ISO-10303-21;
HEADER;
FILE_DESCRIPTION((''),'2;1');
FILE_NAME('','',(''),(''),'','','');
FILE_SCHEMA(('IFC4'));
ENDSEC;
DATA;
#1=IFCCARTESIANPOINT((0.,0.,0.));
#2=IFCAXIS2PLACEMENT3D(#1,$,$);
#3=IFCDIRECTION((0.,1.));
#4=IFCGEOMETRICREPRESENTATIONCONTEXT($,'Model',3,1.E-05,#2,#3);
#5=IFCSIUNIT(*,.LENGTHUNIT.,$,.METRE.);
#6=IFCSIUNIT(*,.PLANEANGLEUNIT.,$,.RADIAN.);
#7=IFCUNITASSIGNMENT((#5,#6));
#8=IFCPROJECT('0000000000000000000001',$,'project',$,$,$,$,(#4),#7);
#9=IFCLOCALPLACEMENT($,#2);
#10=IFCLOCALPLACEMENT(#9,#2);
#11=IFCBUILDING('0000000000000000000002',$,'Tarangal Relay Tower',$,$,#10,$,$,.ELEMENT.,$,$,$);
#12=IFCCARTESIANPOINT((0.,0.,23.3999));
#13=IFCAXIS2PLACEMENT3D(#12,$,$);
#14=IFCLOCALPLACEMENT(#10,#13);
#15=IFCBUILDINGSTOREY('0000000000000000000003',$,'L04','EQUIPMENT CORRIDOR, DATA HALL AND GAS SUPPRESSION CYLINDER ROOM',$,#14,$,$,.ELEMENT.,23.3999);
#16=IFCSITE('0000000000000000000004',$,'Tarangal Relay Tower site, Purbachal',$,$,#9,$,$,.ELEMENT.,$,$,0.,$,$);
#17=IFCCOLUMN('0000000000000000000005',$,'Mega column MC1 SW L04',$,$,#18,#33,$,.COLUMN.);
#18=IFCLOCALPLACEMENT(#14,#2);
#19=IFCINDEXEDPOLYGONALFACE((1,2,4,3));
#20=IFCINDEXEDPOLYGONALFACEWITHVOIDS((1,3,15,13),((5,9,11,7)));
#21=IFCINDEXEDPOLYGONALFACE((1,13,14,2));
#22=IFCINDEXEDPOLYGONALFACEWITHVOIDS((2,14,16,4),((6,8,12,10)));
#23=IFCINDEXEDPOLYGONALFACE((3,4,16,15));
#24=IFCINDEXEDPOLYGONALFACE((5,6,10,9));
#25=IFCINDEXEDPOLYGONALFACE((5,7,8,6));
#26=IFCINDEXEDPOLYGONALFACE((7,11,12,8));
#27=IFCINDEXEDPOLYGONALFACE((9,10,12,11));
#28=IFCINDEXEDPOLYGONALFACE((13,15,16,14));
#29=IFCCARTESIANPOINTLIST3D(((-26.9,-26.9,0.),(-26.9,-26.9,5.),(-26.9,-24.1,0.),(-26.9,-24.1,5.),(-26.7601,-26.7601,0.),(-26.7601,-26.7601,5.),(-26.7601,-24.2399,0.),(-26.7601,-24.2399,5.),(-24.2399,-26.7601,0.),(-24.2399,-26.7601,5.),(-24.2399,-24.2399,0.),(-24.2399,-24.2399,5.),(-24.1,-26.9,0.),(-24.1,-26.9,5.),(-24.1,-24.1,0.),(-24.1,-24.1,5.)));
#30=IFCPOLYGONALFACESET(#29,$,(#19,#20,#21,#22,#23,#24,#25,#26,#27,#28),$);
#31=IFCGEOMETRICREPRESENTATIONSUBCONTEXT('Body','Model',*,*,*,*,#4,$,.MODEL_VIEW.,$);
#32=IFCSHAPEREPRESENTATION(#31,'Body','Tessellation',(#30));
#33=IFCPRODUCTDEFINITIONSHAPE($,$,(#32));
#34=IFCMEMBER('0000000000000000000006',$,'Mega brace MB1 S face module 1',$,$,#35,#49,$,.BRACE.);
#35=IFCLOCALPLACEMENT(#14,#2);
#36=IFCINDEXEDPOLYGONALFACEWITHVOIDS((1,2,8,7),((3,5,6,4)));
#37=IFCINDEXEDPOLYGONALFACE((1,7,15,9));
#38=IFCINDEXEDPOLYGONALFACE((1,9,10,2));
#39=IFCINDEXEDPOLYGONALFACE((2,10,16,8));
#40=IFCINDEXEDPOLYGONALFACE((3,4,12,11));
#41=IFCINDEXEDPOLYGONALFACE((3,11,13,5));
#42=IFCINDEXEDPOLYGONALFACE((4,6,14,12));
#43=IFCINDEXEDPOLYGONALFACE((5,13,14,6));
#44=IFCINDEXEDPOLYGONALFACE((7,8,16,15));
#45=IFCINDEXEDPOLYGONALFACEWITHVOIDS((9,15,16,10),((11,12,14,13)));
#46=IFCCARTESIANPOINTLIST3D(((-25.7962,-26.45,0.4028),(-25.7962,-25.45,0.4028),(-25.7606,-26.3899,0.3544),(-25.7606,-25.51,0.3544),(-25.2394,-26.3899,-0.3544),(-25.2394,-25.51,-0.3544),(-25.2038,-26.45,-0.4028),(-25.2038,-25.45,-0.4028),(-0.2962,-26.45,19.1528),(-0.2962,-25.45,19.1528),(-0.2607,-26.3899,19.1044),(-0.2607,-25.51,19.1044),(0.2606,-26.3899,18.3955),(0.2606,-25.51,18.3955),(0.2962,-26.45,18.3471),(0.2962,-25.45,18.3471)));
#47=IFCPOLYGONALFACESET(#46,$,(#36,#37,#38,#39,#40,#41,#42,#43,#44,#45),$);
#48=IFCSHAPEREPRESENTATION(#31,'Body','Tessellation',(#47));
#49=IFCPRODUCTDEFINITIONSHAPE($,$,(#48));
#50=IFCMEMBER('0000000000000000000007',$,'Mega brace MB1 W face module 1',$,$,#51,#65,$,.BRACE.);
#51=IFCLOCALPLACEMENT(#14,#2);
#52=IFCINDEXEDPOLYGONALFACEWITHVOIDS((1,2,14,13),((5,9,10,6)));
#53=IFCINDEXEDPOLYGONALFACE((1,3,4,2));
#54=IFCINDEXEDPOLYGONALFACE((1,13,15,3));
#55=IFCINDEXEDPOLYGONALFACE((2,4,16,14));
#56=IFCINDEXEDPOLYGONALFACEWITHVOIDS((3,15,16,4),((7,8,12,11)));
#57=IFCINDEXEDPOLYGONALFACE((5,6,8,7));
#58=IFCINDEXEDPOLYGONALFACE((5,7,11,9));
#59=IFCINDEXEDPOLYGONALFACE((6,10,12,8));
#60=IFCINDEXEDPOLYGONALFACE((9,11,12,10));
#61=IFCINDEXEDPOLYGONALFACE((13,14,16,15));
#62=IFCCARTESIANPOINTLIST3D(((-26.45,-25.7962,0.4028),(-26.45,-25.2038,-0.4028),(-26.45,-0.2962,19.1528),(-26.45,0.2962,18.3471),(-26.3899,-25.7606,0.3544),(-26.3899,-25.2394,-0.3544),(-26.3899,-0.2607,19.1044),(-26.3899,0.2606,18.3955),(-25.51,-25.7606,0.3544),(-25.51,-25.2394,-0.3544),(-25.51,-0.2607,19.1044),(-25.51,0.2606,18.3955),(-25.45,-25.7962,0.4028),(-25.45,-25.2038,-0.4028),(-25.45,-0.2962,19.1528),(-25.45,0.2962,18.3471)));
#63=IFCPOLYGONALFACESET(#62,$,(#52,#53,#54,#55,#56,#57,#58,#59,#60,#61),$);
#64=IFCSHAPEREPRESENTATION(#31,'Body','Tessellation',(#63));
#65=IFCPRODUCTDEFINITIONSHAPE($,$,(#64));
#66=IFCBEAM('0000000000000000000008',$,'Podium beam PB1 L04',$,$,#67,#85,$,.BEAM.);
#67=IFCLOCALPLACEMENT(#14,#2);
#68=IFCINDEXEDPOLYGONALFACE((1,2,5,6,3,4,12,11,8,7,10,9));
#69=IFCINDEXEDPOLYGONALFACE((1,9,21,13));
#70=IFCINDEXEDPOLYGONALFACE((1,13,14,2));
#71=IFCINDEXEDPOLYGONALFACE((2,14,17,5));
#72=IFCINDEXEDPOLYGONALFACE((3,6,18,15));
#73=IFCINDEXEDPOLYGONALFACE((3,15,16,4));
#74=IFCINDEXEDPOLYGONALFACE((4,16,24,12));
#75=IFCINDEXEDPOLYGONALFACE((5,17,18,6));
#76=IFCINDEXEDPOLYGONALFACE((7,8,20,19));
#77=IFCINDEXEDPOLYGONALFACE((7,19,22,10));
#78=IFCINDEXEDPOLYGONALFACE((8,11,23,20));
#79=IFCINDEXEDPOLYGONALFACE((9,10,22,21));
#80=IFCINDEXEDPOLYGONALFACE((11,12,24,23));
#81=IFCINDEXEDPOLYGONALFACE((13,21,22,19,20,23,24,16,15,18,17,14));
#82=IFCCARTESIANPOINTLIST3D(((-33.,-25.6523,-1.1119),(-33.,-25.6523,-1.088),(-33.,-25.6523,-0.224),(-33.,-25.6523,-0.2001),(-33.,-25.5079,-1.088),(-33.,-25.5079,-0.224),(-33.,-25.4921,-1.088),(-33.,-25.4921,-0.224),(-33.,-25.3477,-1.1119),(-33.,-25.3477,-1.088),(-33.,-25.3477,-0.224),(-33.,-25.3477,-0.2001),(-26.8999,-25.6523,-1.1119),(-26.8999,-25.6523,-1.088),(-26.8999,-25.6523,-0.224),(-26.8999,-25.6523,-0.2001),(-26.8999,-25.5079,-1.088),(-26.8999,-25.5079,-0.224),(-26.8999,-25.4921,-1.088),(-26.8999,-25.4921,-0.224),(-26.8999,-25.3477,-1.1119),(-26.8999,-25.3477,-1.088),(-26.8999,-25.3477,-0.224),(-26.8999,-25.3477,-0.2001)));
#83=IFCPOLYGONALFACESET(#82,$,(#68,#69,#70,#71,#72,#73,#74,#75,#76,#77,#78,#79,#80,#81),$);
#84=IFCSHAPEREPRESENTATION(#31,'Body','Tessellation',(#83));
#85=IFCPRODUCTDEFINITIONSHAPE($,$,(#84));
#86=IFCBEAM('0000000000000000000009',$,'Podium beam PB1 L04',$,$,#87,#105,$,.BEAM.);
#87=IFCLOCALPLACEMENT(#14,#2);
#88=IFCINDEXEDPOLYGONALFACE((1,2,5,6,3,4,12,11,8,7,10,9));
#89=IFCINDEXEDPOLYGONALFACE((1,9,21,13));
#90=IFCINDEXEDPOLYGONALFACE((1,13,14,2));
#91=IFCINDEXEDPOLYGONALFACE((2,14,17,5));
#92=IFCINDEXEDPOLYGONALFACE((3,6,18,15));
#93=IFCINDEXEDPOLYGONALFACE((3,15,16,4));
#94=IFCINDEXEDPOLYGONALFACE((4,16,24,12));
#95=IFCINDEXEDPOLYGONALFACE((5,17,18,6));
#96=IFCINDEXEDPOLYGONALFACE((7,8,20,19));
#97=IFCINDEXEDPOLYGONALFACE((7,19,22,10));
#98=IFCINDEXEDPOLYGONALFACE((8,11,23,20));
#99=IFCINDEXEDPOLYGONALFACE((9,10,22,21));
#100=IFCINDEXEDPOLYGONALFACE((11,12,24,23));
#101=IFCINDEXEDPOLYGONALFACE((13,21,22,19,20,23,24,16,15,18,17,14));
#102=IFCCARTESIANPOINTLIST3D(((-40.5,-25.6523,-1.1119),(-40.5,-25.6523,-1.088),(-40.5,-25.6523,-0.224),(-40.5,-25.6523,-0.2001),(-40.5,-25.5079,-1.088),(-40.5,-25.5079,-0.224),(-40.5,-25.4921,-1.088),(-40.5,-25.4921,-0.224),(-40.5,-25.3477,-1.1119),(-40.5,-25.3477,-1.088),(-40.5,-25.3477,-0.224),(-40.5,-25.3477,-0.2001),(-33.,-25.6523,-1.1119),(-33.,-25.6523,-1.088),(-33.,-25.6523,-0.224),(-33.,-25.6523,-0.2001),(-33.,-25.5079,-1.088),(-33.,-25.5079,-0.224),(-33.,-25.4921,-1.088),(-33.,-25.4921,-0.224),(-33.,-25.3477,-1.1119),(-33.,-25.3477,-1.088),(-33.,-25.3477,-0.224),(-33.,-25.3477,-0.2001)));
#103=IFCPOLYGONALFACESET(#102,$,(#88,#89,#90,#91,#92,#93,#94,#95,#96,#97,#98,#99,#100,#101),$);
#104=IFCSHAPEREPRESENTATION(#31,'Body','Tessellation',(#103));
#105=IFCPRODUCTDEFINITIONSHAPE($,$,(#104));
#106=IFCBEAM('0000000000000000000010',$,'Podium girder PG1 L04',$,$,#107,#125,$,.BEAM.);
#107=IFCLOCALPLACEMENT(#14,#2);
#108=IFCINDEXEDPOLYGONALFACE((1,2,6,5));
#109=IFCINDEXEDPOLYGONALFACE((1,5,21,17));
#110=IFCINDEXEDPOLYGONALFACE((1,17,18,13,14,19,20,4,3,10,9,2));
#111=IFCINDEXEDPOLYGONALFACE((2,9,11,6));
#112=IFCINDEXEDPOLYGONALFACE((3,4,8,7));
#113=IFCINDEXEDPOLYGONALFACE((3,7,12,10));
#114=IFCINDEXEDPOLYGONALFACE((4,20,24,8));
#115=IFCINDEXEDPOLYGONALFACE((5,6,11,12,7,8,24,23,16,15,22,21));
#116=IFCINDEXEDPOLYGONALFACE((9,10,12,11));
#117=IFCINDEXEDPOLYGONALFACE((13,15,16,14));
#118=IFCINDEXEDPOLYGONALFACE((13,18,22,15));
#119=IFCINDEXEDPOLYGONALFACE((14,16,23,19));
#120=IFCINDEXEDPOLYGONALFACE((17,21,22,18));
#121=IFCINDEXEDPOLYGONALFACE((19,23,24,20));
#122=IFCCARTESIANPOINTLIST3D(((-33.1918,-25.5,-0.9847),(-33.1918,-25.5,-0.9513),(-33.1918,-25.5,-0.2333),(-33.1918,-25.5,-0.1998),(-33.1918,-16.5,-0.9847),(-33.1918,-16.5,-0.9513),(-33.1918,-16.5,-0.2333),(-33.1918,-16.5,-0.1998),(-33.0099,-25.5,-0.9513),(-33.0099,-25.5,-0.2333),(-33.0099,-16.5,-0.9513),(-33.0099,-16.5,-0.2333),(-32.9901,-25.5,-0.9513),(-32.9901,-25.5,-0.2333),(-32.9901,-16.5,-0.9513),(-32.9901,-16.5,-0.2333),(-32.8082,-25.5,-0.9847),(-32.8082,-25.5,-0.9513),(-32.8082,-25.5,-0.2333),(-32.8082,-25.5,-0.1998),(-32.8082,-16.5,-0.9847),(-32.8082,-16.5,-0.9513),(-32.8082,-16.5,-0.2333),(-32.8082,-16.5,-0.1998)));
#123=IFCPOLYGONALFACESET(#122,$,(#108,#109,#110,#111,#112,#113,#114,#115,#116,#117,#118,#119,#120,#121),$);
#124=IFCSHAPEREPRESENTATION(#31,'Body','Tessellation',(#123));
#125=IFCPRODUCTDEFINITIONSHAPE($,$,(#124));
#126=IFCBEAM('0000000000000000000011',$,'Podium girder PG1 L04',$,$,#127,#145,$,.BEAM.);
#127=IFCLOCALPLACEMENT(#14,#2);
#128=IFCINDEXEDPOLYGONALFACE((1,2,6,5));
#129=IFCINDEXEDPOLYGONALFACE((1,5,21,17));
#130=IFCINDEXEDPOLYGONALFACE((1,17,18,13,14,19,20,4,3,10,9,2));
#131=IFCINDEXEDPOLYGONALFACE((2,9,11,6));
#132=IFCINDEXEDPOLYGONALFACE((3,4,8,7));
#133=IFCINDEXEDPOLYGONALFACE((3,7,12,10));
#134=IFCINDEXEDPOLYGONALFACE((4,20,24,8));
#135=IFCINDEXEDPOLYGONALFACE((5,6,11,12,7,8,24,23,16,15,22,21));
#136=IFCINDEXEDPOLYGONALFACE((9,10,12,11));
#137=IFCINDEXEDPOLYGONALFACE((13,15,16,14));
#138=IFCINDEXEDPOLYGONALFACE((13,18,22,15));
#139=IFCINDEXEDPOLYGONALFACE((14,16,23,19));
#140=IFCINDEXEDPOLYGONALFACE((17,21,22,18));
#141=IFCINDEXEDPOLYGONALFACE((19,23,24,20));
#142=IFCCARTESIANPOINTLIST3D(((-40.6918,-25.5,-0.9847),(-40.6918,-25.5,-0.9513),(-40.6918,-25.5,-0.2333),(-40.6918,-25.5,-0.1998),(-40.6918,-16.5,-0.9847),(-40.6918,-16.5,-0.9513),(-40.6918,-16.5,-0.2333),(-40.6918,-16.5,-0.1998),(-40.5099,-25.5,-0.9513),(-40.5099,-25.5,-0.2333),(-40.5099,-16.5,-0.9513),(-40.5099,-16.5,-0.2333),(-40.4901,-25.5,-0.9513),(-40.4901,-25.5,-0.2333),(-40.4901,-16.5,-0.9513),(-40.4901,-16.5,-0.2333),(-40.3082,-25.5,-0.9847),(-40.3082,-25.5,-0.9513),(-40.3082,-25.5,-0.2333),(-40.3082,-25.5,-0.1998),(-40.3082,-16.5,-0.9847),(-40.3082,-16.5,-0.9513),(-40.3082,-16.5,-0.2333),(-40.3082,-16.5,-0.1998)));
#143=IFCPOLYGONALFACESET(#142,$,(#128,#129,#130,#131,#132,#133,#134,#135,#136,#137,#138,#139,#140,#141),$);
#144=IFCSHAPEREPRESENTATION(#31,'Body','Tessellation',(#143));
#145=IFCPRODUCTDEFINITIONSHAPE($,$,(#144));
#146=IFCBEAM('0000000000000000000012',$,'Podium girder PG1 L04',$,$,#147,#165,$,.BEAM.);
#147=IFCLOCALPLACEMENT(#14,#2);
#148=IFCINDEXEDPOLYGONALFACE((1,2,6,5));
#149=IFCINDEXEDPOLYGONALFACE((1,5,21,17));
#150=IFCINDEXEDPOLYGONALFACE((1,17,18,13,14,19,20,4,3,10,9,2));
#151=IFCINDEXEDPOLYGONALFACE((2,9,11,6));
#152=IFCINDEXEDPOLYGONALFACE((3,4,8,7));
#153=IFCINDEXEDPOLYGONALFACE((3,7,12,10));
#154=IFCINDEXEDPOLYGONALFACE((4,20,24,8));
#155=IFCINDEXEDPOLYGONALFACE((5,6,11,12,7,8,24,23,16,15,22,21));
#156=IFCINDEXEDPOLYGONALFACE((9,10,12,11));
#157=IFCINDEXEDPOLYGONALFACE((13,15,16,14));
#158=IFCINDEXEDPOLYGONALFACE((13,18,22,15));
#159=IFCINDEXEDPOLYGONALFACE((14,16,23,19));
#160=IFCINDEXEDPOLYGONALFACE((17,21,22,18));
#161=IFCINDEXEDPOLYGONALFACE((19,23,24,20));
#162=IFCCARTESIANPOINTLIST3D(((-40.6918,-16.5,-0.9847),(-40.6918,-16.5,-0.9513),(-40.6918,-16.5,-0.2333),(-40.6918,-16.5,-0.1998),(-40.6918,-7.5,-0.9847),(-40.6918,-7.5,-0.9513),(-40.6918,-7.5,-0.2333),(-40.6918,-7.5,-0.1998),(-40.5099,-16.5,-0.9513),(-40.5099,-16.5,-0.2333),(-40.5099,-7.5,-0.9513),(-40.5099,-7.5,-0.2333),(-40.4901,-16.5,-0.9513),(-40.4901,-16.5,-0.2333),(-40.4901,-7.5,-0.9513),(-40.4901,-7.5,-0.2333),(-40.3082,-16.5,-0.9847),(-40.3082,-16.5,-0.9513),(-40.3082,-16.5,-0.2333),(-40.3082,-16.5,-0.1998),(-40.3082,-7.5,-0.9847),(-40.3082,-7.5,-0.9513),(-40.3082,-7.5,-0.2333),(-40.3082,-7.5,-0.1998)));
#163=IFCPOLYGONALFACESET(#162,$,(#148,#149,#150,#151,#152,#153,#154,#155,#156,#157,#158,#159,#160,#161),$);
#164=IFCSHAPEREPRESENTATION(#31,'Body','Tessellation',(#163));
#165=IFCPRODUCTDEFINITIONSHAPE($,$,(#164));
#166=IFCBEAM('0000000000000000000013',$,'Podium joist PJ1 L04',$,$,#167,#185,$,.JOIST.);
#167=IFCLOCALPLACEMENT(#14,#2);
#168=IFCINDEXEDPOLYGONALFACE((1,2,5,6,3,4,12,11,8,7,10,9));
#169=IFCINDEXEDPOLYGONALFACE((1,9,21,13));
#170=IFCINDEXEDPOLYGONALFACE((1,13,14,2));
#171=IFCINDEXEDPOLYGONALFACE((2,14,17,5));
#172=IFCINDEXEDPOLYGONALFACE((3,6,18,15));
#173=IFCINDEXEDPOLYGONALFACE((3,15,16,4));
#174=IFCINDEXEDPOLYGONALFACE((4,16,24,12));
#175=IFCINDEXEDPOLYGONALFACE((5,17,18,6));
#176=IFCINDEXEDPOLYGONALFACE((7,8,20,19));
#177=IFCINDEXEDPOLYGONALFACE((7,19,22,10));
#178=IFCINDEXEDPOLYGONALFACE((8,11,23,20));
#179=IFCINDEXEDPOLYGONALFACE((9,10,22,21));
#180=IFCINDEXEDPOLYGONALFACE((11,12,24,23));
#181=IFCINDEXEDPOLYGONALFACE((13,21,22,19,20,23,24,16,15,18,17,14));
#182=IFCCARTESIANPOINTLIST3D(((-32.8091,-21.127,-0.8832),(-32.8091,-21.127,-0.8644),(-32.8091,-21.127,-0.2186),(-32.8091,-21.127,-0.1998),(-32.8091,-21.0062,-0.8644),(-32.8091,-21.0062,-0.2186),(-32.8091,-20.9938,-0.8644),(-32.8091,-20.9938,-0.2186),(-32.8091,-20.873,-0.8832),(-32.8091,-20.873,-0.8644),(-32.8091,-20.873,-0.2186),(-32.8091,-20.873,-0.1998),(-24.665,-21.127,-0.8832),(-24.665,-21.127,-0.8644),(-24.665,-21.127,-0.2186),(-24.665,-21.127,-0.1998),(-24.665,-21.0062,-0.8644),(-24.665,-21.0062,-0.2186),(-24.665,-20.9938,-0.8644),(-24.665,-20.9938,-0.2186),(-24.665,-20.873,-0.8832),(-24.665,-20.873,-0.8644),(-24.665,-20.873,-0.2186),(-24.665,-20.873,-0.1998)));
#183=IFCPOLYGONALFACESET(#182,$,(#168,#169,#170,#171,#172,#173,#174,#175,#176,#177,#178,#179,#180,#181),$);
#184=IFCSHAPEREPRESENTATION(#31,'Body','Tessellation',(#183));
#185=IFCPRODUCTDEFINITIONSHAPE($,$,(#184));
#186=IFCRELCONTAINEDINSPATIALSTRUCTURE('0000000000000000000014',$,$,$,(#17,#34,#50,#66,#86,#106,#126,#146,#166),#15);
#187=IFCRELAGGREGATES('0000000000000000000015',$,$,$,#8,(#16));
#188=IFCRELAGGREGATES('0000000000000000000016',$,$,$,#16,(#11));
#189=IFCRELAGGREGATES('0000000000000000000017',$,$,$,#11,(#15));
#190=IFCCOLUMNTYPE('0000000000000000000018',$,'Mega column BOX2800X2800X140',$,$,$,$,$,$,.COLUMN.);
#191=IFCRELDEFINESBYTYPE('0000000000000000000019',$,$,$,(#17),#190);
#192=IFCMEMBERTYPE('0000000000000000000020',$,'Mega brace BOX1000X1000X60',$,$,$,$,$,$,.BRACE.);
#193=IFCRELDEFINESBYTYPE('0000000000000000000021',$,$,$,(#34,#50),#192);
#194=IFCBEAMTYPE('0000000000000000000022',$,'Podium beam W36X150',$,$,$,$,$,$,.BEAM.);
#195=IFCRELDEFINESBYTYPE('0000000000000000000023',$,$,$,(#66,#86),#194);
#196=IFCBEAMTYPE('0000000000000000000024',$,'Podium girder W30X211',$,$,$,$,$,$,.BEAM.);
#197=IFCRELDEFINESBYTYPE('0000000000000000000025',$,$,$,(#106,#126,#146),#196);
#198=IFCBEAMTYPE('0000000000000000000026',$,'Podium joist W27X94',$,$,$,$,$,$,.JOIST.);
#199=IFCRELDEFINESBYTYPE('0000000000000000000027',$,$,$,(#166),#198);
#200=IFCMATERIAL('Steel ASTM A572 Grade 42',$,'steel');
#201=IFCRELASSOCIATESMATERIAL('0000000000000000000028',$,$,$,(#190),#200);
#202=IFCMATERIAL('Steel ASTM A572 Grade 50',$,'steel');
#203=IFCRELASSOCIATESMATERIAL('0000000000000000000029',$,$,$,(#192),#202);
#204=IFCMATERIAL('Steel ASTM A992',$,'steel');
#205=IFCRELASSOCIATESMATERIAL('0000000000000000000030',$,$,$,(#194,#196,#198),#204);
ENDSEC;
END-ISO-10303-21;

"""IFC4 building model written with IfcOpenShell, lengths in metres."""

from ifc_helpers import new_model, si_unit, direction, frame, origin, origin_2d, place, context, subcontext, project, spatial, hollow_rectangle, i_section, extrude, material, material_profile, profile_set, type_object, element, save


model = new_model("IFC4")

# Units and contexts
model_context = context("Model", 3, precision=1e-05, world=origin(), true_north=direction((0.0, 1.0)))
body_context = subcontext(model_context, "Body", "Model", "MODEL_VIEW")
ifc_project = project(units=[si_unit("LENGTHUNIT", "METRE"), si_unit("PLANEANGLEUNIT", "RADIAN")], contexts=[model_context])

# Site, building, storey
site_placement = place(None, origin())
site = spatial("IfcSite", under=ifc_project, at=site_placement, Name="Tarangal Relay Tower site, Purbachal", CompositionType="ELEMENT", RefElevation=0.0)
building_placement = place(site_placement, origin())
building = spatial("IfcBuilding", under=site, at=building_placement, Name="Tarangal Relay Tower", CompositionType="ELEMENT")
storey_placement = place(building_placement, frame((0.0, 0.0, 23.3999)))
storey = spatial("IfcBuildingStorey", under=building, at=storey_placement, Name="L04", Description="EQUIPMENT CORRIDOR, DATA HALL AND GAS SUPPRESSION CYLINDER ROOM", CompositionType="ELEMENT", Elevation=23.3999)

# Column
ifc_material_1 = material(Name="Steel ASTM A572 Grade 42", Category="steel")
ifc_material_profile_1 = material_profile(ifc_material_1, hollow_rectangle(XDim=2.8, YDim=2.8, WallThickness=0.1399, at=origin_2d()), Name="BOX2800X2800X140")
ifc_profile_set_1 = profile_set([ifc_material_profile_1], Name="Steel ASTM A572 Grade 42")
column_type = type_object("IfcColumnType", Name="Mega column BOX2800X2800X140", PredefinedType="COLUMN", material=ifc_profile_set_1)
column_placement = place(storey_placement, frame((-25.5, -25.5, 0.0), z_axis=(0.0, 0.0, 1.0), x_axis=(1.0, 0.0, 0.0)))
element("IfcColumn", 1, at=column_placement, inside=storey, type_object=column_type, Name="Mega column MC1 SW L04", PredefinedType="COLUMN", context=body_context, shape_type="SweptSolid", body=[
    extrude(hollow_rectangle(XDim=2.8, YDim=2.8, WallThickness=0.1399, at=origin_2d()), origin(), (0.0, 0.0, 1.0), 5.0),
])

# Members
ifc_material_2 = material(Name="Steel ASTM A572 Grade 50", Category="steel")
ifc_material_profile_2 = material_profile(ifc_material_2, hollow_rectangle(XDim=1.0, YDim=1.0, WallThickness=0.0601, at=origin_2d()), Name="BOX1000X1000X60")
ifc_profile_set_2 = profile_set([ifc_material_profile_2], Name="Steel ASTM A572 Grade 50")
member_type = type_object("IfcMemberType", Name="Mega brace BOX1000X1000X60", PredefinedType="BRACE", material=ifc_profile_set_2)
for number, where, z_axis, x_axis, name in (
    (2, (-25.5, -25.95, 0.0), (0.805651, 0.0, 0.59239), (0.0, 1.0, 0.0), "Mega brace MB1 S face module 1"),
    (3, (-25.95, -25.5, 0.0), (0.0, 0.805651, 0.59239), (-1.0, 0.0, 0.0), "Mega brace MB1 W face module 1"),
):
    element("IfcMember", number, at=place(storey_placement, frame(where, z_axis=z_axis, x_axis=x_axis)), inside=storey, type_object=member_type, Name=name, PredefinedType="BRACE", context=body_context, shape_type="SweptSolid", body=[
        extrude(hollow_rectangle(XDim=1.0, YDim=1.0, WallThickness=0.0601, at=origin_2d()), origin(), (0.0, 0.0, 1.0), 31.6514),
    ])

# Beams
ifc_material_3 = material(Name="Steel ASTM A992", Category="steel")
ifc_material_profile_3 = material_profile(ifc_material_3, i_section(OverallWidth=0.3047, OverallDepth=0.9119, WebThickness=0.0159, FlangeThickness=0.0239, at=origin_2d()), Name="W36X150")
ifc_profile_set_3 = profile_set([ifc_material_profile_3], Name="Steel ASTM A992")
beam_type_1 = type_object("IfcBeamType", Name="Podium beam W36X150", PredefinedType="BEAM", material=ifc_profile_set_3)
beam_1_placement = place(storey_placement, frame((-26.8999, -25.5, -0.656), z_axis=(-1.0, 0.0, 0.0), x_axis=(0.0, -1.0, 0.0)))
element("IfcBeam", 4, at=beam_1_placement, inside=storey, type_object=beam_type_1, Name="Podium beam PB1 L04", PredefinedType="BEAM", context=body_context, shape_type="SweptSolid", body=[
    extrude(i_section(OverallWidth=0.3047, OverallDepth=0.9119, WebThickness=0.0159, FlangeThickness=0.0239, at=origin_2d()), origin(), (0.0, 0.0, 1.0), 6.1001),
])
beam_2_placement = place(storey_placement, frame((-33.0, -25.5, -0.656), z_axis=(-1.0, 0.0, 0.0), x_axis=(0.0, -1.0, 0.0)))
element("IfcBeam", 5, at=beam_2_placement, inside=storey, type_object=beam_type_1, Name="Podium beam PB1 L04", PredefinedType="BEAM", context=body_context, shape_type="SweptSolid", body=[
    extrude(i_section(OverallWidth=0.3047, OverallDepth=0.9119, WebThickness=0.0159, FlangeThickness=0.0239, at=origin_2d()), origin(), (0.0, 0.0, 1.0), 7.5),
])
ifc_material_profile_4 = material_profile(ifc_material_3, i_section(OverallWidth=0.3835, OverallDepth=0.7849, WebThickness=0.0198, FlangeThickness=0.0334, at=origin_2d()), Name="W30X211")
ifc_profile_set_4 = profile_set([ifc_material_profile_4], Name="Steel ASTM A992")
beam_type_2 = type_object("IfcBeamType", Name="Podium girder W30X211", PredefinedType="BEAM", material=ifc_profile_set_4)
for number, where, z_axis, x_axis, name in (
    (6, (-33.0, -25.5, -0.5923), (0.0, 1.0, 0.0), (-1.0, 0.0, 0.0), "Podium girder PG1 L04"),
    (7, (-40.5, -25.5, -0.5923), (0.0, 1.0, 0.0), (-1.0, 0.0, 0.0), "Podium girder PG1 L04"),
    (8, (-40.5, -16.5, -0.5923), (0.0, 1.0, 0.0), (-1.0, 0.0, 0.0), "Podium girder PG1 L04"),
):
    element("IfcBeam", number, at=place(storey_placement, frame(where, z_axis=z_axis, x_axis=x_axis)), inside=storey, type_object=beam_type_2, Name=name, PredefinedType="BEAM", context=body_context, shape_type="SweptSolid", body=[
        extrude(i_section(OverallWidth=0.3835, OverallDepth=0.7849, WebThickness=0.0198, FlangeThickness=0.0334, at=origin_2d()), origin(), (0.0, 0.0, 1.0), 9.0),
    ])
ifc_material_profile_5 = material_profile(ifc_material_3, i_section(OverallWidth=0.2539, OverallDepth=0.6833, WebThickness=0.0125, FlangeThickness=0.0188, at=origin_2d()), Name="W27X94")
ifc_profile_set_5 = profile_set([ifc_material_profile_5], Name="Steel ASTM A992")
beam_type_3 = type_object("IfcBeamType", Name="Podium joist W27X94", PredefinedType="JOIST", material=ifc_profile_set_5)
beam_3_placement = place(storey_placement, frame((-24.665, -21.0, -0.5415), z_axis=(-1.0, 0.0, 0.0), x_axis=(0.0, -1.0, 0.0)))
element("IfcBeam", 9, at=beam_3_placement, inside=storey, type_object=beam_type_3, Name="Podium joist PJ1 L04", PredefinedType="JOIST", context=body_context, shape_type="SweptSolid", body=[
    extrude(i_section(OverallWidth=0.2539, OverallDepth=0.6833, WebThickness=0.0125, FlangeThickness=0.0188, at=origin_2d()), origin(), (0.0, 0.0, 1.0), 8.144),
])

save(model, "model.ifc")
